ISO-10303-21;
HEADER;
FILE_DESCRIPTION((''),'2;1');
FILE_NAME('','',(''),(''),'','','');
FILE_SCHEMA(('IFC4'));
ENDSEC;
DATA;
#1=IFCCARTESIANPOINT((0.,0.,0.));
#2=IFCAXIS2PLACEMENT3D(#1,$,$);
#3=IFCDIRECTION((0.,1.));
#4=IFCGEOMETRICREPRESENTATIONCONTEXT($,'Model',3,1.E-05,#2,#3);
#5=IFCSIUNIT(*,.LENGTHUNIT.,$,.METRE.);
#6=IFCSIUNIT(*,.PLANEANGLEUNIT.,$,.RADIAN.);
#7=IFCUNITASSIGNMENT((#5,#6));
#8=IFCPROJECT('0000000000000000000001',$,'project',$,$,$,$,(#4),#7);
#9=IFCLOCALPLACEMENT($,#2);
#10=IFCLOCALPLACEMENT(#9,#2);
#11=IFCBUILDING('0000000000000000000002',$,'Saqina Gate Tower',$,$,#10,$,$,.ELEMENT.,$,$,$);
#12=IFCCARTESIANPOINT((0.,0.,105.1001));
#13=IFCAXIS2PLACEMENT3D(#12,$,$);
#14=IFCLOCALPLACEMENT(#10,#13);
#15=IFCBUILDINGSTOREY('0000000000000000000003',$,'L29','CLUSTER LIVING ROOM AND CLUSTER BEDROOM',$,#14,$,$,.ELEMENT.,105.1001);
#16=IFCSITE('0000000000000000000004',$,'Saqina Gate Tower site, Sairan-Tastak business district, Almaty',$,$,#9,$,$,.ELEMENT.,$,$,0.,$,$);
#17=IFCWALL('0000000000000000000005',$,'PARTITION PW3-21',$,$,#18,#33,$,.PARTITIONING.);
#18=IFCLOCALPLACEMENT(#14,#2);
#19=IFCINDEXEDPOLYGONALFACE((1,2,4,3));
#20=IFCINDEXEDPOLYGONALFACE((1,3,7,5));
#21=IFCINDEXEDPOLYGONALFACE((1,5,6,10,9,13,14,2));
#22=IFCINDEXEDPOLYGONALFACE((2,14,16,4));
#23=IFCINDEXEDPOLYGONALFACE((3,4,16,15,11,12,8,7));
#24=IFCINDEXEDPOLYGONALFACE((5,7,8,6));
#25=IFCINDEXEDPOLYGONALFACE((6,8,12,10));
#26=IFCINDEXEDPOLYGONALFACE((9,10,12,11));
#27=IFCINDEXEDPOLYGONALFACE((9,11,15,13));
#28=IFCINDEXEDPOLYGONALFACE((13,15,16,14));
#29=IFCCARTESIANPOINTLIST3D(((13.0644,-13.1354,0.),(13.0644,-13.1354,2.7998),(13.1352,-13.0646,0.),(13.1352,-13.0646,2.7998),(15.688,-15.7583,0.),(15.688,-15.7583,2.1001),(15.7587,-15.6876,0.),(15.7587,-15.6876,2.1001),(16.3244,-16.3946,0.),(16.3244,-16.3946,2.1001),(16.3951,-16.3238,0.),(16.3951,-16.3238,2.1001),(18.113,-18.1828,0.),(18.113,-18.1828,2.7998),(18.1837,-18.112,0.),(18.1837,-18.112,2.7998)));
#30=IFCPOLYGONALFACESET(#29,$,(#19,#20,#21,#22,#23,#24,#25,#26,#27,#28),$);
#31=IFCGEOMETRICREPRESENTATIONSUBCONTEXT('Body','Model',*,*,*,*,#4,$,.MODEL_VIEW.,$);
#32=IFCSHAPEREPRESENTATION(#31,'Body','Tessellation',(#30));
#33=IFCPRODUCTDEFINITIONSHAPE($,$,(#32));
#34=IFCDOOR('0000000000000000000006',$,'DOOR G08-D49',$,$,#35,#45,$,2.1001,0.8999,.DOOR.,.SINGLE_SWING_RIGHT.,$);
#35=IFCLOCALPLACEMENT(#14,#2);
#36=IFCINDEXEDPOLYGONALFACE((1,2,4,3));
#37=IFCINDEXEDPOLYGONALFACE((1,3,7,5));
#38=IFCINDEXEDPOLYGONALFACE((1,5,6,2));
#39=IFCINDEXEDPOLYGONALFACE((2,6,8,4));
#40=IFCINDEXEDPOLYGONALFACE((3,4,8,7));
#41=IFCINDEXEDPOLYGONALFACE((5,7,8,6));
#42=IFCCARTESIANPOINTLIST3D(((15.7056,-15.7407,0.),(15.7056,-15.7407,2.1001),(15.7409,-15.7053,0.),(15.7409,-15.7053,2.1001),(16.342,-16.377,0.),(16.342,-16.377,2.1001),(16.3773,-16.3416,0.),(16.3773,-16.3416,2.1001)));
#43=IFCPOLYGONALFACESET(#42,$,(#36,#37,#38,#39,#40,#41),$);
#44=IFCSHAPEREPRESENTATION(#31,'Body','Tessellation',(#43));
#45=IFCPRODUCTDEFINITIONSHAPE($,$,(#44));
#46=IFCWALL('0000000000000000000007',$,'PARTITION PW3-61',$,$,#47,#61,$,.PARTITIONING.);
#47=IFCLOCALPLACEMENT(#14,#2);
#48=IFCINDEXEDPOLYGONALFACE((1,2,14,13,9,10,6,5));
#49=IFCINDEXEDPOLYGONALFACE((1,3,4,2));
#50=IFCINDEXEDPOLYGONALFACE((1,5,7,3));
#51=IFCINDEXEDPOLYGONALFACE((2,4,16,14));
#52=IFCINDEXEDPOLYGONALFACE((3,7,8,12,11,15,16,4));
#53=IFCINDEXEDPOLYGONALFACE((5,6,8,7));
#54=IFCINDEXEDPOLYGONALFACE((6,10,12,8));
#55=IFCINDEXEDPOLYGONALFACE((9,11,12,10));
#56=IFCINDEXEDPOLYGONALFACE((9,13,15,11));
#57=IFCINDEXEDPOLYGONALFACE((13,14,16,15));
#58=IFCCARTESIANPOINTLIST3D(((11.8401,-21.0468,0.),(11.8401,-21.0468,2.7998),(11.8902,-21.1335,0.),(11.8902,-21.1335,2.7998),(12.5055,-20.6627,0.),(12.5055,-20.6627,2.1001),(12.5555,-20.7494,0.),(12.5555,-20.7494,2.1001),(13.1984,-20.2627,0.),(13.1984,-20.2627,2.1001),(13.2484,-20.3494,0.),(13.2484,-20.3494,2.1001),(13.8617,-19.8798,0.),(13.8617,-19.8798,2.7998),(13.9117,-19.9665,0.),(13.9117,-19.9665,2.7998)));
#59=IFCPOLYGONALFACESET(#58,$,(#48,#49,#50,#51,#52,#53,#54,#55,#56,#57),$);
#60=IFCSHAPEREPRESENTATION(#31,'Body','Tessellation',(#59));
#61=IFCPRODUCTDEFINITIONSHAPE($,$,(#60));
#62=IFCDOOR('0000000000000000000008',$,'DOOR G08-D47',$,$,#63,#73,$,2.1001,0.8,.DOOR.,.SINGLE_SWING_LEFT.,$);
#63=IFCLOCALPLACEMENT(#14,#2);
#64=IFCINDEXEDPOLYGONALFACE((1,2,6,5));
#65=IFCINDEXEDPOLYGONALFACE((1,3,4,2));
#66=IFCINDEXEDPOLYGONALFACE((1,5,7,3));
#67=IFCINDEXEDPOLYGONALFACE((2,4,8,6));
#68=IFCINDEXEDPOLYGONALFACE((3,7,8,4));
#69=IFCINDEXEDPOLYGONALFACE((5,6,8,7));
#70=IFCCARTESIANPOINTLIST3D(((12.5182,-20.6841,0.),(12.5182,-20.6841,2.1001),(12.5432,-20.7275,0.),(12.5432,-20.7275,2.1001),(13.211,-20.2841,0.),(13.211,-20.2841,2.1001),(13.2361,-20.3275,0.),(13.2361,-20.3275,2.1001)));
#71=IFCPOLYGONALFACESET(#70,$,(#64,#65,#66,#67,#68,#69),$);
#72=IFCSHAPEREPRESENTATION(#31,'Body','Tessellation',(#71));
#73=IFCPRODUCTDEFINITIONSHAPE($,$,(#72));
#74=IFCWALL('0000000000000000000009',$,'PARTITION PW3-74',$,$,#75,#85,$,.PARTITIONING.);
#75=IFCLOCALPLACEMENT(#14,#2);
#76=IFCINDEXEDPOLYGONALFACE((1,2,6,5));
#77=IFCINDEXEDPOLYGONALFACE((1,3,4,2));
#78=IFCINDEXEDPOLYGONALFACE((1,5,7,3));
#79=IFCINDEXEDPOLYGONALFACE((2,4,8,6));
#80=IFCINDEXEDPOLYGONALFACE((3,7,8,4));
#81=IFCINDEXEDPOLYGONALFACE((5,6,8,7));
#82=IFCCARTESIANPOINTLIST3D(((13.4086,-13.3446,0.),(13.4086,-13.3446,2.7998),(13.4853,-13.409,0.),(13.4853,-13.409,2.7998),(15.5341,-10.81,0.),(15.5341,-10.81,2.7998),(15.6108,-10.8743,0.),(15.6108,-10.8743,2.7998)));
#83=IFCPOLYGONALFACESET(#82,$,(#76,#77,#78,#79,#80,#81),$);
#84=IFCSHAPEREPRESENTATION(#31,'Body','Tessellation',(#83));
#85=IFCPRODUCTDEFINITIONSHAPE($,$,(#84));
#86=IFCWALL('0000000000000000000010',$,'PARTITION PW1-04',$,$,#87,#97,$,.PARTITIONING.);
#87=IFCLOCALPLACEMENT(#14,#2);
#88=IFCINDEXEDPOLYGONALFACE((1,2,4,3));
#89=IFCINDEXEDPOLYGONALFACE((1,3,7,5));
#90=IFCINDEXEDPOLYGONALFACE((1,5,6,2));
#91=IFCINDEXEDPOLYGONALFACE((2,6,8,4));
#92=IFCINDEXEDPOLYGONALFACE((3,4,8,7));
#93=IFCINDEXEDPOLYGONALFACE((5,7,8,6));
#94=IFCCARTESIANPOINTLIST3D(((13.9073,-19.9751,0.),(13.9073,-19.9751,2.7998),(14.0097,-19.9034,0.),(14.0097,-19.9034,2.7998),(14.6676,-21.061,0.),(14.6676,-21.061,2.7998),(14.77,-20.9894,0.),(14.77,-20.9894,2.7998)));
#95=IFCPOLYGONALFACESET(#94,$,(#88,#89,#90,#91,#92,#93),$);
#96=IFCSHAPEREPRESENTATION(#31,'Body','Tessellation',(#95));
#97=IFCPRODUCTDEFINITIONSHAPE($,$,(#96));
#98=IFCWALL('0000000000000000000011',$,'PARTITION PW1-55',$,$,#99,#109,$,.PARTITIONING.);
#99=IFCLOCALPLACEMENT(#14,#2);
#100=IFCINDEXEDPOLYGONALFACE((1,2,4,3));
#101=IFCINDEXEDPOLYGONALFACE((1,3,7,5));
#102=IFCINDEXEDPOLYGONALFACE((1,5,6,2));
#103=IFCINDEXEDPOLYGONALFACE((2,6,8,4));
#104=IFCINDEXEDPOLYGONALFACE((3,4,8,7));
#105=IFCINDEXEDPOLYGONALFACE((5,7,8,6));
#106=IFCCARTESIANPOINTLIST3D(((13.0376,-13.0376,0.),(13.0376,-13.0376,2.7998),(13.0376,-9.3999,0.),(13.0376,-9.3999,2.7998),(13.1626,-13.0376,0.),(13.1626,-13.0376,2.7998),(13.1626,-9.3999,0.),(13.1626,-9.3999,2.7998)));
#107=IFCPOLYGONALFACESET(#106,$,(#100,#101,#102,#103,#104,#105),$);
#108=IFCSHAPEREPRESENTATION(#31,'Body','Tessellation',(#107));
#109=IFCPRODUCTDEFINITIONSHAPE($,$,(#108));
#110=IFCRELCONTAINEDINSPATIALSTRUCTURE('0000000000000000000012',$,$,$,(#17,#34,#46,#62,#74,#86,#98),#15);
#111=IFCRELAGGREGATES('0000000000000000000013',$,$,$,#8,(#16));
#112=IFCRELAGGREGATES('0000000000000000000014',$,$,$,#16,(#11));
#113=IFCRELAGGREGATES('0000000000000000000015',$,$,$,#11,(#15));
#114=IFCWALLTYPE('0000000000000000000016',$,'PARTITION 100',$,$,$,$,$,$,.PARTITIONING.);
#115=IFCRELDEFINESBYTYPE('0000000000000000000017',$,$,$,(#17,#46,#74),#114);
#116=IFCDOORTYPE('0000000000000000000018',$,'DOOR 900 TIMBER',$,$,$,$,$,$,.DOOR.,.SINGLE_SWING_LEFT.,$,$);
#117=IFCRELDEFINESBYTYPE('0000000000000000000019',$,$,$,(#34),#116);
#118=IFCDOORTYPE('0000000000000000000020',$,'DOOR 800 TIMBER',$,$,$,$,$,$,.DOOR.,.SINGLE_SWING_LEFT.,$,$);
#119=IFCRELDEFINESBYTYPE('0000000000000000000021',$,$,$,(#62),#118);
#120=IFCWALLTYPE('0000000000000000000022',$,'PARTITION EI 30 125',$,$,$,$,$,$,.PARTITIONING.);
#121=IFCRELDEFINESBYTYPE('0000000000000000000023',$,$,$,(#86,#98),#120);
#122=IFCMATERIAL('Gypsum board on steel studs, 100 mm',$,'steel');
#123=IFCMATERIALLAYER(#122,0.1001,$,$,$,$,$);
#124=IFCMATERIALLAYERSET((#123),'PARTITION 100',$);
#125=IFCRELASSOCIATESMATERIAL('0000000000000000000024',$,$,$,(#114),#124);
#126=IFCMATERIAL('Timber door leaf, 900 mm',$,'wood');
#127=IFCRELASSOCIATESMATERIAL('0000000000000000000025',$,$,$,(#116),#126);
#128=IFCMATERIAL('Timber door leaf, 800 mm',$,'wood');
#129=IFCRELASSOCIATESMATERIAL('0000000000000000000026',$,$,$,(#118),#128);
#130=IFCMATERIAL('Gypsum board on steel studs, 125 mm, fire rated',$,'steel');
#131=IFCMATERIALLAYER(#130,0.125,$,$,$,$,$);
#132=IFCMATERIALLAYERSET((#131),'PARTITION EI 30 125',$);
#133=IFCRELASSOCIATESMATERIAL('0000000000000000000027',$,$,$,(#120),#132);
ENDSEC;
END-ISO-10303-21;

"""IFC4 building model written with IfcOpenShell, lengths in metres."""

from ifc_helpers import new_model, si_unit, direction, frame, frame_2d, origin, place, context, subcontext, project, spatial, rectangle, extrude, material, layer, layer_set, type_object, element, fill, save


model = new_model("IFC4")

# Units and contexts
model_context = context("Model", 3, precision=1e-05, world=origin(), true_north=direction((0.0, 1.0)))
body_context = subcontext(model_context, "Body", "Model", "MODEL_VIEW")
ifc_project = project(units=[si_unit("LENGTHUNIT", "METRE"), si_unit("PLANEANGLEUNIT", "RADIAN")], contexts=[model_context])

# Site, building, storey
site_placement = place(None, origin())
site = spatial("IfcSite", under=ifc_project, at=site_placement, Name="Saqina Gate Tower site, Sairan-Tastak business district, Almaty", CompositionType="ELEMENT", RefElevation=0.0)
building_placement = place(site_placement, origin())
building = spatial("IfcBuilding", under=site, at=building_placement, Name="Saqina Gate Tower", CompositionType="ELEMENT")
storey_placement = place(building_placement, frame((0.0, 0.0, 105.1001)))
storey = spatial("IfcBuildingStorey", under=building, at=storey_placement, Name="L29", Description="CLUSTER LIVING ROOM AND CLUSTER BEDROOM", CompositionType="ELEMENT", Elevation=105.1001)

# Shared definitions
ifc_material_1 = material(Name="Gypsum board on steel studs, 100 mm", Category="steel")
ifc_layer_1 = layer(ifc_material_1, 0.1001)
ifc_layer_set_1 = layer_set([ifc_layer_1], Name="PARTITION 100")
wall_type_1 = type_object("IfcWallType", Name="PARTITION 100", PredefinedType="PARTITIONING", material=ifc_layer_set_1)

# Walls, openings, doors
wall_1_placement = place(storey_placement, frame((13.0999, -13.1001, 0.0), z_axis=(0.0, 0.0, 1.0), x_axis=(0.707192, -0.707021, 0.0)))
wall_1 = element("IfcWall", 1, at=wall_1_placement, inside=storey, type_object=wall_type_1, Name="PARTITION PW3-21", PredefinedType="PARTITIONING", context=body_context, shape_type="SweptSolid", body=[
    extrude(rectangle(XDim=7.1389, YDim=0.1001, at=frame_2d((3.5693, 0.0))), origin(), (0.0, 0.0, 1.0), 2.7998),
])
opening_1_placement = place(wall_1_placement, frame((3.7097, 0.0, 0.0)))
opening_1 = element("IfcOpeningElement", 2, at=opening_1_placement, cuts=wall_1, PredefinedType="OPENING", context=body_context, shape_type="SweptSolid", body=[
    extrude(rectangle(XDim=0.8999, YDim=2.1001, at=frame_2d((0.45, 1.05))), frame((0.0, 0.062, 0.0), z_axis=(0.0, -1.0, 0.0), x_axis=(1.0, 0.0, 0.0)), (0.0, 0.0, 1.0), 0.124),
])
ifc_material_2 = material(Name="Timber door leaf, 900 mm", Category="wood")
door_type_1 = type_object("IfcDoorType", Name="DOOR 900 TIMBER", OperationType="SINGLE_SWING_LEFT", PredefinedType="DOOR", material=ifc_material_2)
door_1_placement = place(opening_1_placement, origin())
door_1 = element("IfcDoor", 3, at=door_1_placement, inside=storey, type_object=door_type_1, Name="DOOR G08-D49", OperationType="SINGLE_SWING_RIGHT", OverallHeight=2.1001, OverallWidth=0.8999, PredefinedType="DOOR", context=body_context, shape_type="SweptSolid", body=[
    extrude(rectangle(XDim=0.8999, YDim=2.1001, at=frame_2d((0.45, 1.05))), frame((0.0, 0.0249, 0.0), z_axis=(0.0, -1.0, 0.0), x_axis=(1.0, 0.0, 0.0)), (0.0, 0.0, 1.0), 0.05),
])
fill(opening_1, door_1)
wall_2_placement = place(storey_placement, frame((11.8652, -21.0901, 0.0), z_axis=(0.0, 0.0, 1.0), x_axis=(0.866046, 0.499964, 0.0)))
wall_2 = element("IfcWall", 4, at=wall_2_placement, inside=storey, type_object=wall_type_1, Name="PARTITION PW3-61", PredefinedType="PARTITIONING", context=body_context, shape_type="SweptSolid", body=[
    extrude(rectangle(XDim=2.3342, YDim=0.1001, at=frame_2d((1.167, 0.0))), origin(), (0.0, 0.0, 1.0), 2.7998),
])
opening_2_placement = place(wall_2_placement, frame((0.7683, 0.0, 0.0)))
opening_2 = element("IfcOpeningElement", 5, at=opening_2_placement, cuts=wall_2, PredefinedType="OPENING", context=body_context, shape_type="SweptSolid", body=[
    extrude(rectangle(XDim=0.8, YDim=2.1001, at=frame_2d((0.3999, 1.05))), frame((0.0, 0.062, 0.0), z_axis=(0.0, -1.0, 0.0), x_axis=(1.0, 0.0, 0.0)), (0.0, 0.0, 1.0), 0.124),
])
ifc_material_3 = material(Name="Timber door leaf, 800 mm", Category="wood")
door_type_2 = type_object("IfcDoorType", Name="DOOR 800 TIMBER", OperationType="SINGLE_SWING_LEFT", PredefinedType="DOOR", material=ifc_material_3)
door_2_placement = place(opening_2_placement, frame((0.8, 0.0, 0.0), z_axis=(0.0, 0.0, 1.0), x_axis=(-1.0, 0.0, 0.0)))
door_2 = element("IfcDoor", 6, at=door_2_placement, inside=storey, type_object=door_type_2, Name="DOOR G08-D47", OperationType="SINGLE_SWING_LEFT", OverallHeight=2.1001, OverallWidth=0.8, PredefinedType="DOOR", context=body_context, shape_type="SweptSolid", body=[
    extrude(rectangle(XDim=0.8, YDim=2.1001, at=frame_2d((0.3999, 1.05))), frame((0.0, 0.0249, 0.0), z_axis=(0.0, -1.0, 0.0), x_axis=(1.0, 0.0, 0.0)), (0.0, 0.0, 1.0), 0.05),
])
fill(opening_2, door_2)

# Walls
wall_3_placement = place(storey_placement, frame((13.447, -13.3767, 0.0), z_axis=(0.0, 0.0, 1.0), x_axis=(0.642548, 0.766245, 0.0)))
element("IfcWall", 7, at=wall_3_placement, inside=storey, type_object=wall_type_1, Name="PARTITION PW3-74", PredefinedType="PARTITIONING", context=body_context, shape_type="SweptSolid", body=[
    extrude(rectangle(XDim=3.3079, YDim=0.1001, at=frame_2d((1.6538, 0.0))), origin(), (0.0, 0.0, 1.0), 2.7998),
])
ifc_material_4 = material(Name="Gypsum board on steel studs, 125 mm, fire rated", Category="steel")
ifc_layer_2 = layer(ifc_material_4, 0.125)
ifc_layer_set_2 = layer_set([ifc_layer_2], Name="PARTITION EI 30 125")
wall_type_2 = type_object("IfcWallType", Name="PARTITION EI 30 125", PredefinedType="PARTITIONING", material=ifc_layer_set_2)
wall_4_placement = place(storey_placement, frame((13.9585, -19.9392, 0.0), z_axis=(0.0, 0.0, 1.0), x_axis=(0.573512, -0.819197, 0.0)))
element("IfcWall", 8, at=wall_4_placement, inside=storey, type_object=wall_type_2, Name="PARTITION PW1-04", PredefinedType="PARTITIONING", context=body_context, shape_type="SweptSolid", body=[
    extrude(rectangle(XDim=1.3257, YDim=0.125, at=frame_2d((0.6628, 0.0))), origin(), (0.0, 0.0, 1.0), 2.7998),
])
wall_5_placement = place(storey_placement, frame((13.1001, -13.0376, 0.0), z_axis=(0.0, 0.0, 1.0), x_axis=(0.0, 1.0, 0.0)))
element("IfcWall", 9, at=wall_5_placement, inside=storey, type_object=wall_type_2, Name="PARTITION PW1-55", PredefinedType="PARTITIONING", context=body_context, shape_type="SweptSolid", body=[
    extrude(rectangle(XDim=3.6377, YDim=0.125, at=frame_2d((1.8188, 0.0))), origin(), (0.0, 0.0, 1.0), 2.7998),
])

save(model, "model.ifc")
